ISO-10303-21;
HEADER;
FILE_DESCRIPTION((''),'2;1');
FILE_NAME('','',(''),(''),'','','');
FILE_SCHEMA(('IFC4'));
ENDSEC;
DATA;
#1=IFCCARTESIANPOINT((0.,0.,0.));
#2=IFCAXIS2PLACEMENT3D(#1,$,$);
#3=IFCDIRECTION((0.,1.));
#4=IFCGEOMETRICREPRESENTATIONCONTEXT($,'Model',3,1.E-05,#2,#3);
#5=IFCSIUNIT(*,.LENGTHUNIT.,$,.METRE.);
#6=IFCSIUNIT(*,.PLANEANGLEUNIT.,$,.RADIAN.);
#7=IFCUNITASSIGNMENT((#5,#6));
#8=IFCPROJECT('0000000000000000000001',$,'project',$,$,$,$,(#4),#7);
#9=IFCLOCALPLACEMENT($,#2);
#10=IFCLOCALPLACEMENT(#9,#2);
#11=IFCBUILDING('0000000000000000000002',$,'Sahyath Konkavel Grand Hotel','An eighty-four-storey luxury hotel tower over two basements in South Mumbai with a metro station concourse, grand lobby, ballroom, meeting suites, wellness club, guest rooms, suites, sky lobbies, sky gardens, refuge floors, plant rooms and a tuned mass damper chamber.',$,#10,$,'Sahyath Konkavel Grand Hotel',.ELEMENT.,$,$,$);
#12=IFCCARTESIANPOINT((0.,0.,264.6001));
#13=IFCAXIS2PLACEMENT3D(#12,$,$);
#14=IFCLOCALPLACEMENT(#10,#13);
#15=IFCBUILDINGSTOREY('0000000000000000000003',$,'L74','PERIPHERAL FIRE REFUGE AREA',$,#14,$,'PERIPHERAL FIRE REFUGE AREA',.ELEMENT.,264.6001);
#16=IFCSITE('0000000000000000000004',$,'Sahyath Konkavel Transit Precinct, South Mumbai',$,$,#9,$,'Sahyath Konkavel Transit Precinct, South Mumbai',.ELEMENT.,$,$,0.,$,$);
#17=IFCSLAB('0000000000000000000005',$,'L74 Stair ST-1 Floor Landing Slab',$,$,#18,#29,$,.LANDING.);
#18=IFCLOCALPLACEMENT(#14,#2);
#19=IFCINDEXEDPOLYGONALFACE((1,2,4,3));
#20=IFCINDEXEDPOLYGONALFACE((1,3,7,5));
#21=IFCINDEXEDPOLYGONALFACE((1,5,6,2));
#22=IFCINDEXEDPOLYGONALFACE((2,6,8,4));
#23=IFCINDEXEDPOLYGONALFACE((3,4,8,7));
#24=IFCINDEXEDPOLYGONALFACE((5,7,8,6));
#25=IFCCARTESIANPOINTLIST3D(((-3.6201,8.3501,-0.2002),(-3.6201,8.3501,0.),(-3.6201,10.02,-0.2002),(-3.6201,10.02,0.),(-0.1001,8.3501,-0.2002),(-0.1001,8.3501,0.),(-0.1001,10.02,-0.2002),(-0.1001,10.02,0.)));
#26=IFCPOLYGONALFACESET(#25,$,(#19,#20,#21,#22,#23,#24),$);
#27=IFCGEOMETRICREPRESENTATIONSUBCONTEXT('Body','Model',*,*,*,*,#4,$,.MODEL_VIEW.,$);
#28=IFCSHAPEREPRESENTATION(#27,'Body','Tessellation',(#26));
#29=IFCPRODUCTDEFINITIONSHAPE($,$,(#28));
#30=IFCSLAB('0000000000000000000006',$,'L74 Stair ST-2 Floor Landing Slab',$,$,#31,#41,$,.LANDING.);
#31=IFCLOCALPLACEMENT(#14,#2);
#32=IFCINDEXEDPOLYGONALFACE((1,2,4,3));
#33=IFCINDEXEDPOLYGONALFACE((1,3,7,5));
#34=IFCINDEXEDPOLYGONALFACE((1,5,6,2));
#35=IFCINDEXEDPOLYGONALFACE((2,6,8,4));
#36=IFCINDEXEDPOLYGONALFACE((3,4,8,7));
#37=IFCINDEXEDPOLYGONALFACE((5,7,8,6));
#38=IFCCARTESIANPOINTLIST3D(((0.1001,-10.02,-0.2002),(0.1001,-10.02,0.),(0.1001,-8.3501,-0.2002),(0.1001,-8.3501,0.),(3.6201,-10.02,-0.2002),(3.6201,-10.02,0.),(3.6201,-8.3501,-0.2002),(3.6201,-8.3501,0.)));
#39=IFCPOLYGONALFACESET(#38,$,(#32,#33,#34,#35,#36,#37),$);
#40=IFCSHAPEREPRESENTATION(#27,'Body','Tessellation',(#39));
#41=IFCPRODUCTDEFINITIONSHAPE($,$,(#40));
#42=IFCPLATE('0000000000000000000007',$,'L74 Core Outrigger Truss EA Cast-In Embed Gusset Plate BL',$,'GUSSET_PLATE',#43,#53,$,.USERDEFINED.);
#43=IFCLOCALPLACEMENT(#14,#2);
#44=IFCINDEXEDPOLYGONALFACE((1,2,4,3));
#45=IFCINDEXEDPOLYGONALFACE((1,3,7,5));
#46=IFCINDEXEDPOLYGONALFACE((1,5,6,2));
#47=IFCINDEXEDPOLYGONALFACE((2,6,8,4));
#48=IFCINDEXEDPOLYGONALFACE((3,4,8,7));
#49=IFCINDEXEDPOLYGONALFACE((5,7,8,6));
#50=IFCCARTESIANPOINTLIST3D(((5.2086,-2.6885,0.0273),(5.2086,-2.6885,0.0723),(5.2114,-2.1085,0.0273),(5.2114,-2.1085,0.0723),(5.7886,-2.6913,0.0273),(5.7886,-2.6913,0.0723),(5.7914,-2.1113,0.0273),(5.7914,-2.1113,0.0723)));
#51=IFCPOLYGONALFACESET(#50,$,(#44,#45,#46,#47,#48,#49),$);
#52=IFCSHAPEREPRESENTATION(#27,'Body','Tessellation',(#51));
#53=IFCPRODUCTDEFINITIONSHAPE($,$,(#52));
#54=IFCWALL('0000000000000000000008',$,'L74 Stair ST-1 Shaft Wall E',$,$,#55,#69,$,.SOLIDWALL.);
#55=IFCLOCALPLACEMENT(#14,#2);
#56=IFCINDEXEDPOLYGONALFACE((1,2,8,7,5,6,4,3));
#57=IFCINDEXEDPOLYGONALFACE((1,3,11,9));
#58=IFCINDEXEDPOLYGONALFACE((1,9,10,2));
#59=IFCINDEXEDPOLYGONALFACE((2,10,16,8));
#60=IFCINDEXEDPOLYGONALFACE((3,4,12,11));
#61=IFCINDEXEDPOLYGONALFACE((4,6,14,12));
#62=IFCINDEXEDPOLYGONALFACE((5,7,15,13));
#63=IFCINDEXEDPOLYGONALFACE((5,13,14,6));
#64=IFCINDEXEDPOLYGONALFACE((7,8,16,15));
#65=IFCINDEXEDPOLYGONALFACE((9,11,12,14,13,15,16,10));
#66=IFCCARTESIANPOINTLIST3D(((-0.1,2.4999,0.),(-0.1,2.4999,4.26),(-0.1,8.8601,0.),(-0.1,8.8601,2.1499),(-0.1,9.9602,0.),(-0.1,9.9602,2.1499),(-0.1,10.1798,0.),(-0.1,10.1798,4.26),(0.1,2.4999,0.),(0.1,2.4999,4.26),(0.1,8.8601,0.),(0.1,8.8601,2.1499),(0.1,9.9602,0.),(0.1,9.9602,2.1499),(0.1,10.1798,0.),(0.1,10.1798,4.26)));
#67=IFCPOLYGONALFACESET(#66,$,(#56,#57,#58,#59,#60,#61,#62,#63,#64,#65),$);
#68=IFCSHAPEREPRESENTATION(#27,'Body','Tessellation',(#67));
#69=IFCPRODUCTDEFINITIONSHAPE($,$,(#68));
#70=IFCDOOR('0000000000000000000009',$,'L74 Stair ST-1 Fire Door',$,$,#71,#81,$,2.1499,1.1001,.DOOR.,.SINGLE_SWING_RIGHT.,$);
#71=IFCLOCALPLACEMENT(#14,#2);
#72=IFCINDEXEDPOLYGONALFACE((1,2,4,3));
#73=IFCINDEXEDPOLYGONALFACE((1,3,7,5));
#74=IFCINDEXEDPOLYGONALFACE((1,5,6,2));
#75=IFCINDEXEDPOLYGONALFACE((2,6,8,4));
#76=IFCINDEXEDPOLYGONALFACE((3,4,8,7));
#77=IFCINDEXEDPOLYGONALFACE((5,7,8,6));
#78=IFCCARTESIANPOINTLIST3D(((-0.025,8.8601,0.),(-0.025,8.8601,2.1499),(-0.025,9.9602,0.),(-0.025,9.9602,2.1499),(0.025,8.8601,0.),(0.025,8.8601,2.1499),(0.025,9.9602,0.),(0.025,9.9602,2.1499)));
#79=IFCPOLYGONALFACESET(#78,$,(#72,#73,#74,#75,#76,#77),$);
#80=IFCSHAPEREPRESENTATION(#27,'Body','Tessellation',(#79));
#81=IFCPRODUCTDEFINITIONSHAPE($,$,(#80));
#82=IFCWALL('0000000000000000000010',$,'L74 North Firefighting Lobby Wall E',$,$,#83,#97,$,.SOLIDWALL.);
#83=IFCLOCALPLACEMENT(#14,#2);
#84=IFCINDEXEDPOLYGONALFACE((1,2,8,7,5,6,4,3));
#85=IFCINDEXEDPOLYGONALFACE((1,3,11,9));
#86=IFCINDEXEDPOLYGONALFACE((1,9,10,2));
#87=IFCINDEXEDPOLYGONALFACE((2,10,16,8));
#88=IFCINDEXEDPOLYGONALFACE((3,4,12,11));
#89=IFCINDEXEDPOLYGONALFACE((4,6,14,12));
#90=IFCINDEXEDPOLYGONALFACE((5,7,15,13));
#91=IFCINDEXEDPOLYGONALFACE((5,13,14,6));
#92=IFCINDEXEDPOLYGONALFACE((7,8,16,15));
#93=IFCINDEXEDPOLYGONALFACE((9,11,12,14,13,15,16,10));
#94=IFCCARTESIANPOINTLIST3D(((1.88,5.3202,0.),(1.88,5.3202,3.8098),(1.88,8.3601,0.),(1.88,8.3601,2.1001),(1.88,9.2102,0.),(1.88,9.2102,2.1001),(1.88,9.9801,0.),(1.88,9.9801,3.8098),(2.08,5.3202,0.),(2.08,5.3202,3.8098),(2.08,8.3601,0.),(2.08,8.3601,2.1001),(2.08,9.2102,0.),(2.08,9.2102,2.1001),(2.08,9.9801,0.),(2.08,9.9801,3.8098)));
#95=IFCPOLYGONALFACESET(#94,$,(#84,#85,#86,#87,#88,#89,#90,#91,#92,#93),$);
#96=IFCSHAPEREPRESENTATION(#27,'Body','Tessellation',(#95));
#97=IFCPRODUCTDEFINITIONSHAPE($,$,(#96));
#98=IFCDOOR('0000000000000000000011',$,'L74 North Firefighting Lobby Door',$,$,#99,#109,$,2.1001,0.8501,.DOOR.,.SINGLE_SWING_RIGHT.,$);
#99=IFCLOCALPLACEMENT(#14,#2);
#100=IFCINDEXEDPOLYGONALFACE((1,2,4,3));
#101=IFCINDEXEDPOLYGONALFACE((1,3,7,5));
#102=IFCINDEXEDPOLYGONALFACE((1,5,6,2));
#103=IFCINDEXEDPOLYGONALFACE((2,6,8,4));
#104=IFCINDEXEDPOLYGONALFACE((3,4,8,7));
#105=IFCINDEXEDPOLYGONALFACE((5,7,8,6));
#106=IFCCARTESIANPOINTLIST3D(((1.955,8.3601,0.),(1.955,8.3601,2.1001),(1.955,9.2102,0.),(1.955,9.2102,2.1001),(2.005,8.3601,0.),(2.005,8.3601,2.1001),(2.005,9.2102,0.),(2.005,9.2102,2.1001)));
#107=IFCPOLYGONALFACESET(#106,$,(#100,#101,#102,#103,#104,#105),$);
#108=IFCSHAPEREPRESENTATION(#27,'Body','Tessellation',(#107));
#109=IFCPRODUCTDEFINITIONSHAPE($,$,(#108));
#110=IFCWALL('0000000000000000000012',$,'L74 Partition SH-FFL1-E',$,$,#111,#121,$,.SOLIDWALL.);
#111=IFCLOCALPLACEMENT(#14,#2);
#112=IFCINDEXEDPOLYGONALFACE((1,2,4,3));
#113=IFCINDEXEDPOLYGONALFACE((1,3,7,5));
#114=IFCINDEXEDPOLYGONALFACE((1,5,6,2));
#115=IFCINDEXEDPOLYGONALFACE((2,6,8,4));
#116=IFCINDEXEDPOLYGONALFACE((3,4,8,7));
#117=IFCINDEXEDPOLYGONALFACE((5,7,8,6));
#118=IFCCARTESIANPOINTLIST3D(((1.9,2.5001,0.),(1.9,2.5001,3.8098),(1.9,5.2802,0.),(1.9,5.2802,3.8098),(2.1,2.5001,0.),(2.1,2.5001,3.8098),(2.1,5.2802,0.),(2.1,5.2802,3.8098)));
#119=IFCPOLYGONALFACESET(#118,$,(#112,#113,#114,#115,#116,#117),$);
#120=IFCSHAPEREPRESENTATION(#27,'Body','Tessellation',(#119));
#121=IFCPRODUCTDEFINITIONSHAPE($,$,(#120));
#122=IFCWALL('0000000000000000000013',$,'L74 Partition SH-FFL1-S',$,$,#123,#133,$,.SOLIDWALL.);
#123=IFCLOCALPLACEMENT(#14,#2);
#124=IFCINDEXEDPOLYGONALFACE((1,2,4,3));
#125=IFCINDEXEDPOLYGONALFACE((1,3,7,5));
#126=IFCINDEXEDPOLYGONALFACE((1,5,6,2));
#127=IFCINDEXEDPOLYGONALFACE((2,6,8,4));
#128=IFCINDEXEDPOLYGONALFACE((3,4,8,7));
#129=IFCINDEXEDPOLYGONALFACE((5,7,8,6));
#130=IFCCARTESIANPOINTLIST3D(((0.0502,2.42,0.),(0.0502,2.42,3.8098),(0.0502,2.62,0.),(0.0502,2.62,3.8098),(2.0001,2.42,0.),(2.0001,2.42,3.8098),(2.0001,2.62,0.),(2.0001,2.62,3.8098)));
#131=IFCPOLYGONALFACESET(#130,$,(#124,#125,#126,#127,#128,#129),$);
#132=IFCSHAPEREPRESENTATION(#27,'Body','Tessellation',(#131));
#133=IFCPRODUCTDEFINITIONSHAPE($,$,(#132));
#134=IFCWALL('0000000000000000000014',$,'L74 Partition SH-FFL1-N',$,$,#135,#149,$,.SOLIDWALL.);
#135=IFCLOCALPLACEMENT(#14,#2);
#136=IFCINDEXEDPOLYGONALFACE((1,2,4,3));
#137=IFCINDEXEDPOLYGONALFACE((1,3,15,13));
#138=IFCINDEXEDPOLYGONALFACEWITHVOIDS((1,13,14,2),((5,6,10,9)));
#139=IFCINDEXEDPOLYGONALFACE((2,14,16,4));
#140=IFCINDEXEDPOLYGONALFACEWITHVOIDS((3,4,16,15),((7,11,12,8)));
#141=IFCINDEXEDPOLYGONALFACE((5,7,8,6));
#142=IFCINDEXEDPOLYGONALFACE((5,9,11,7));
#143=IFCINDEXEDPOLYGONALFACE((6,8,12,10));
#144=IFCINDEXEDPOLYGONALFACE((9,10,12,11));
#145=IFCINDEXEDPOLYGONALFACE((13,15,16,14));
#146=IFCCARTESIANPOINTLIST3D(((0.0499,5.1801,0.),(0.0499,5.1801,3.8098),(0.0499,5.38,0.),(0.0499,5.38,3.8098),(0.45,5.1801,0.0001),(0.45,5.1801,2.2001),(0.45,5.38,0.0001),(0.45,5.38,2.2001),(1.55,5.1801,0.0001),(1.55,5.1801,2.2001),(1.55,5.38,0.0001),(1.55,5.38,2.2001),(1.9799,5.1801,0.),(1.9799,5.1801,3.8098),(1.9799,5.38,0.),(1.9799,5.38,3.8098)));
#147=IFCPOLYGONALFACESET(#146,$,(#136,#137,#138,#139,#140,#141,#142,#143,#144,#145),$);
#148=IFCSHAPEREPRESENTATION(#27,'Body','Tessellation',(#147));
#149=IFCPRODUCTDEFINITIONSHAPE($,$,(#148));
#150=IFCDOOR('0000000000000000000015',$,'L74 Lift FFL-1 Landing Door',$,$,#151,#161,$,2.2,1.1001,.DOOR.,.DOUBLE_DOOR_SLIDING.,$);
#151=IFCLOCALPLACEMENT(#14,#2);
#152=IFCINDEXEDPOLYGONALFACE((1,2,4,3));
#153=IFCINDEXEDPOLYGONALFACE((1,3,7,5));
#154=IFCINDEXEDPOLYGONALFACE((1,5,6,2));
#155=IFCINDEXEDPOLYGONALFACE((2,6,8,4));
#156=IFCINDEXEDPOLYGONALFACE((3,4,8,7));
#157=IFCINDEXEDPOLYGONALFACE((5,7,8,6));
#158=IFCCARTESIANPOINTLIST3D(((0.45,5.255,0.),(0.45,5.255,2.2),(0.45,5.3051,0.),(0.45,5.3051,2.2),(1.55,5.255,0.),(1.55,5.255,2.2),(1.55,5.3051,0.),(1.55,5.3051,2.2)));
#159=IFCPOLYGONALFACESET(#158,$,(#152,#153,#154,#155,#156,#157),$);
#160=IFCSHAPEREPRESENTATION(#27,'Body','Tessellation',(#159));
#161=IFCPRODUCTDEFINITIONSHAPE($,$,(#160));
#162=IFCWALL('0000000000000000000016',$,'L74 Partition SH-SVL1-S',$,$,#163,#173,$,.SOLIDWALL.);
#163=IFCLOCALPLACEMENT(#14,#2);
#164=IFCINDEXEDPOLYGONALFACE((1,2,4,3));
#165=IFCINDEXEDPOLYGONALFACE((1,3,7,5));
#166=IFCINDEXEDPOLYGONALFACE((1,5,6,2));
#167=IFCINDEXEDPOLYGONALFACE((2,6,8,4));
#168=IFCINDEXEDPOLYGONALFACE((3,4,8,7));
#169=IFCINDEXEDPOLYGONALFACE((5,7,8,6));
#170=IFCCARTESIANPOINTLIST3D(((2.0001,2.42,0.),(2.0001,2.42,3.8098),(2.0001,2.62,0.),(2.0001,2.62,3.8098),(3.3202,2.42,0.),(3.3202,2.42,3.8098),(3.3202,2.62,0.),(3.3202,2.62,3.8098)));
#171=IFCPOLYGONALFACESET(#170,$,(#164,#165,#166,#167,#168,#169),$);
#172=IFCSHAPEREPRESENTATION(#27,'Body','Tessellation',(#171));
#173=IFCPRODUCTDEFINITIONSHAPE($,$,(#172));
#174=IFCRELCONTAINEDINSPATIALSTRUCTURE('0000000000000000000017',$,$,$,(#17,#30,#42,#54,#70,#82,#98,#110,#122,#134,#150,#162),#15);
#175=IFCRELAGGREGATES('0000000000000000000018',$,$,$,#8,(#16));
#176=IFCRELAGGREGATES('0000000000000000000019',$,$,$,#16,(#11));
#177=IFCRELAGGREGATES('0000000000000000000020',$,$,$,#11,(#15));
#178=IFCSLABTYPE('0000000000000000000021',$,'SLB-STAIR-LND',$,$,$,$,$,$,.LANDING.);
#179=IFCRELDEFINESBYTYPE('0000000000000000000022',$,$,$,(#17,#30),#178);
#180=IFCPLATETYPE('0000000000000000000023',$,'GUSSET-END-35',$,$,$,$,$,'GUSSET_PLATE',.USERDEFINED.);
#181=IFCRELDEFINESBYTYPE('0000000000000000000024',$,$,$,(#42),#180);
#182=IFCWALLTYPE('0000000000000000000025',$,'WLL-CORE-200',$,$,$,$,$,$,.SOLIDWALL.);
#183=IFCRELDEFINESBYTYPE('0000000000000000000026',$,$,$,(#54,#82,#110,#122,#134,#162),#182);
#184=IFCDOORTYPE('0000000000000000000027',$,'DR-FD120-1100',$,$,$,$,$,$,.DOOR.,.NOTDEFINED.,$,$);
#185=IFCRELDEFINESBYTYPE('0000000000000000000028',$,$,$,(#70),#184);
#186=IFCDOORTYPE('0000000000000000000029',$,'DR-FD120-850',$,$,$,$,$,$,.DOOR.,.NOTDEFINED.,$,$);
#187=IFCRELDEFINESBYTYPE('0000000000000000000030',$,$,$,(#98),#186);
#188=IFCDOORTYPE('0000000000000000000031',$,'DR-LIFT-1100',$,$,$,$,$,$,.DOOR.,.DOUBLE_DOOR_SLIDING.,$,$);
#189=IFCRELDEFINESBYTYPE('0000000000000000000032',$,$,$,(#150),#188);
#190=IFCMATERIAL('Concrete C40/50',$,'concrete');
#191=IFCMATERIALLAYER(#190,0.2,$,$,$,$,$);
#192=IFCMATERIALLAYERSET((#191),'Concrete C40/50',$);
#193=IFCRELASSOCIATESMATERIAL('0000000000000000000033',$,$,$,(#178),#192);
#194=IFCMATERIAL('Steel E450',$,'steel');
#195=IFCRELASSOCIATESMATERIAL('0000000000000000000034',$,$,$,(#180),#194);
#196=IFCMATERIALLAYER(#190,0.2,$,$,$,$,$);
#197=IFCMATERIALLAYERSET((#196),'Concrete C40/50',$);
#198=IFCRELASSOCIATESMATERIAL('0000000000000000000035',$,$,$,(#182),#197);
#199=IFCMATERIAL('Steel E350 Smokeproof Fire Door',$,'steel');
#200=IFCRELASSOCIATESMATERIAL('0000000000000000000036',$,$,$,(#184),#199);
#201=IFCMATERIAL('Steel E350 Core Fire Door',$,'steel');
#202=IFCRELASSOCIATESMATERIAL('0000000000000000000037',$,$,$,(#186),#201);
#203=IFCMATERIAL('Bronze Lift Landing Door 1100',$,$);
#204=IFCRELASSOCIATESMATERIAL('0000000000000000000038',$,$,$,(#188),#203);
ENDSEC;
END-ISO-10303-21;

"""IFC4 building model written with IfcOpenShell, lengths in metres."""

from ifc_helpers import new_model, si_unit, direction, frame, frame_2d, origin, origin_2d, place, context, subcontext, project, spatial, polyline, rectangle, outline, extrude, source, transform, mapped, material, layer, layer_set, type_object, element, fill, save


model = new_model("IFC4")

# Units and contexts
model_context = context("Model", 3, precision=1e-05, world=origin(), true_north=direction((0.0, 1.0)))
body_context = subcontext(model_context, "Body", "Model", "MODEL_VIEW")
ifc_project = project(units=[si_unit("LENGTHUNIT", "METRE"), si_unit("PLANEANGLEUNIT", "RADIAN")], contexts=[model_context])

# Site, building, storey
site_placement = place(None, origin())
site = spatial("IfcSite", under=ifc_project, at=site_placement, Name="Sahyath Konkavel Transit Precinct, South Mumbai", LongName="Sahyath Konkavel Transit Precinct, South Mumbai", CompositionType="ELEMENT", RefElevation=0.0)
building_placement = place(site_placement, origin())
building = spatial("IfcBuilding", under=site, at=building_placement, Name="Sahyath Konkavel Grand Hotel", Description="An eighty-four-storey luxury hotel tower over two basements in South Mumbai with a metro station concourse, grand lobby, ballroom, meeting suites, wellness club, guest rooms, suites, sky lobbies, sky gardens, refuge floors, plant rooms and a tuned mass damper chamber.", LongName="Sahyath Konkavel Grand Hotel", CompositionType="ELEMENT")
storey_placement = place(building_placement, frame((0.0, 0.0, 264.6001)))
storey = spatial("IfcBuildingStorey", under=building, at=storey_placement, Name="L74", Description="PERIPHERAL FIRE REFUGE AREA", LongName="PERIPHERAL FIRE REFUGE AREA", CompositionType="ELEMENT", Elevation=264.6001)

# Shared definitions
ifc_material_1 = material(Name="Concrete C40/50", Category="concrete")
ifc_layer_1 = layer(ifc_material_1, 0.2)
ifc_layer_set_1 = layer_set([ifc_layer_1], Name="Concrete C40/50")
slab_type = type_object("IfcSlabType", Name="SLB-STAIR-LND", PredefinedType="LANDING", material=ifc_layer_set_1)

# Slabs
slab_1_placement = place(storey_placement, frame((0.0, 0.0, -0.2002)))
element("IfcSlab", 1, at=slab_1_placement, inside=storey, type_object=slab_type, Name="L74 Stair ST-1 Floor Landing Slab", PredefinedType="LANDING", context=body_context, shape_type="SweptSolid", body=[
    extrude(outline(polyline([(-3.6201, 8.3501), (-0.1001, 8.3501), (-0.1001, 10.02), (-3.6201, 10.02), (-3.6201, 8.3501)])), origin(), (0.0, 0.0, 1.0), 0.2002),
])
slab_2_placement = place(storey_placement, frame((0.0, 0.0, -0.2002)))
element("IfcSlab", 2, at=slab_2_placement, inside=storey, type_object=slab_type, Name="L74 Stair ST-2 Floor Landing Slab", PredefinedType="LANDING", context=body_context, shape_type="SweptSolid", body=[
    extrude(outline(polyline([(0.1001, -10.02), (3.6201, -10.02), (3.6201, -8.3501), (0.1001, -8.3501), (0.1001, -10.02)])), origin(), (0.0, 0.0, 1.0), 0.2002),
])

# Plate
ifc_material_2 = material(Name="Steel E450", Category="steel")
plate_type = type_object("IfcPlateType", Name="GUSSET-END-35", ElementType="GUSSET_PLATE", PredefinedType="USERDEFINED", material=ifc_material_2)
shared_shape_1 = source(origin(), body_context, "Body", "SweptSolid", [
    extrude(rectangle(XDim=0.5801, YDim=0.5801, at=origin_2d()), origin(), (0.0, 0.0, 1.0), 0.0449),
])
plate_placement = place(storey_placement, frame((5.5, -2.3999, 0.0273), z_axis=(0.0, 0.0, 1.0), x_axis=(0.999988, -0.004835, 0.0)))
element("IfcPlate", 3, at=plate_placement, inside=storey, type_object=plate_type, Name="L74 Core Outrigger Truss EA Cast-In Embed Gusset Plate BL", ObjectType="GUSSET_PLATE", PredefinedType="USERDEFINED", context=body_context, shape_type="MappedRepresentation", body=[
    mapped(shared_shape_1, transform((0.0, 0.0, 0.0), scale=1.0)),
])

# Walls, openings, doors
ifc_layer_2 = layer(ifc_material_1, 0.2)
ifc_layer_set_2 = layer_set([ifc_layer_2], Name="Concrete C40/50")
wall_type = type_object("IfcWallType", Name="WLL-CORE-200", PredefinedType="SOLIDWALL", material=ifc_layer_set_2)
wall_1_placement = place(storey_placement, frame((0.0, 2.5, 0.0), z_axis=(0.0, 0.0, 1.0), x_axis=(0.0, 1.0, 0.0)))
wall_1 = element("IfcWall", 4, at=wall_1_placement, inside=storey, type_object=wall_type, Name="L74 Stair ST-1 Shaft Wall E", PredefinedType="SOLIDWALL", context=body_context, shape_type="SweptSolid", body=[
    extrude(rectangle(XDim=7.6799, YDim=0.2, at=frame_2d((3.8398, 0.0))), origin(), (0.0, 0.0, 1.0), 4.26),
])
opening_1_placement = place(wall_1_placement, frame((6.3601, 0.0, 0.0)))
opening_1 = element("IfcOpeningElement", 5, at=opening_1_placement, cuts=wall_1, PredefinedType="OPENING", context=body_context, shape_type="SweptSolid", body=[
    extrude(rectangle(XDim=1.1001, YDim=2.1499, at=frame_2d((0.55, 1.075))), frame((0.0, 0.1099, 0.0), z_axis=(0.0, -1.0, 0.0), x_axis=(1.0, 0.0, 0.0)), (0.0, 0.0, 1.0), 0.22),
])
ifc_material_3 = material(Name="Steel E350 Smokeproof Fire Door", Category="steel")
door_type_1 = type_object("IfcDoorType", Name="DR-FD120-1100", OperationType="NOTDEFINED", PredefinedType="DOOR", material=ifc_material_3)
shared_shape_2 = source(origin(), body_context, "Body", "SweptSolid", [
    extrude(rectangle(XDim=1.1001, YDim=0.05, at=origin_2d()), origin(), (0.0, 0.0, 1.0), 2.1499),
])
door_1_placement = place(opening_1_placement, frame((0.55, 0.0, 0.0)))
door_1 = element("IfcDoor", 6, at=door_1_placement, inside=storey, type_object=door_type_1, Name="L74 Stair ST-1 Fire Door", OperationType="SINGLE_SWING_RIGHT", OverallHeight=2.1499, OverallWidth=1.1001, PredefinedType="DOOR", context=body_context, shape_type="MappedRepresentation", body=[
    mapped(shared_shape_2, transform((0.0, 0.0, 0.0), scale=1.0)),
])
fill(opening_1, door_1)
wall_2_placement = place(storey_placement, frame((1.98, 5.3201, 0.0), z_axis=(0.0, 0.0, 1.0), x_axis=(0.0, 1.0, 0.0)))
wall_2 = element("IfcWall", 7, at=wall_2_placement, inside=storey, type_object=wall_type, Name="L74 North Firefighting Lobby Wall E", PredefinedType="SOLIDWALL", context=body_context, shape_type="SweptSolid", body=[
    extrude(rectangle(XDim=4.6599, YDim=0.2, at=frame_2d((2.3301, 0.0))), origin(), (0.0, 0.0, 1.0), 3.8098),
])
opening_2_placement = place(wall_2_placement, frame((3.04, 0.0, 0.0)))
opening_2 = element("IfcOpeningElement", 8, at=opening_2_placement, cuts=wall_2, PredefinedType="OPENING", context=body_context, shape_type="SweptSolid", body=[
    extrude(rectangle(XDim=0.8501, YDim=2.1001, at=frame_2d((0.425, 1.05))), frame((0.0, 0.1099, 0.0), z_axis=(0.0, -1.0, 0.0), x_axis=(1.0, 0.0, 0.0)), (0.0, 0.0, 1.0), 0.22),
])
ifc_material_4 = material(Name="Steel E350 Core Fire Door", Category="steel")
door_type_2 = type_object("IfcDoorType", Name="DR-FD120-850", OperationType="NOTDEFINED", PredefinedType="DOOR", material=ifc_material_4)
shared_shape_3 = source(origin(), body_context, "Body", "SweptSolid", [
    extrude(rectangle(XDim=0.8501, YDim=0.05, at=origin_2d()), origin(), (0.0, 0.0, 1.0), 2.1001),
])
door_2_placement = place(opening_2_placement, frame((0.425, 0.0, 0.0)))
door_2 = element("IfcDoor", 9, at=door_2_placement, inside=storey, type_object=door_type_2, Name="L74 North Firefighting Lobby Door", OperationType="SINGLE_SWING_RIGHT", OverallHeight=2.1001, OverallWidth=0.8501, PredefinedType="DOOR", context=body_context, shape_type="MappedRepresentation", body=[
    mapped(shared_shape_3, transform((0.0, 0.0, 0.0), scale=1.0)),
])
fill(opening_2, door_2)

# Walls
wall_3_placement = place(storey_placement, frame((2.0, 2.5, 0.0), z_axis=(0.0, 0.0, 1.0), x_axis=(0.0, 1.0, 0.0)))
element("IfcWall", 10, at=wall_3_placement, inside=storey, type_object=wall_type, Name="L74 Partition SH-FFL1-E", PredefinedType="SOLIDWALL", context=body_context, shape_type="SweptSolid", body=[
    extrude(rectangle(XDim=2.78, YDim=0.2, at=frame_2d((1.3901, 0.0))), origin(), (0.0, 0.0, 1.0), 3.8098),
])
wall_4_placement = place(storey_placement, frame((0.05, 2.52, 0.0), z_axis=(0.0, 0.0, 1.0), x_axis=(1.0, 0.0, 0.0)))
element("IfcWall", 11, at=wall_4_placement, inside=storey, type_object=wall_type, Name="L74 Partition SH-FFL1-S", PredefinedType="SOLIDWALL", context=body_context, shape_type="SweptSolid", body=[
    extrude(rectangle(XDim=1.95, YDim=0.2, at=frame_2d((0.9751, 0.0))), origin(), (0.0, 0.0, 1.0), 3.8098),
])

# Wall, opening, door
wall_5_placement = place(storey_placement, frame((0.05, 5.28, 0.0), z_axis=(0.0, 0.0, 1.0), x_axis=(1.0, 0.0, 0.0)))
wall_5 = element("IfcWall", 12, at=wall_5_placement, inside=storey, type_object=wall_type, Name="L74 Partition SH-FFL1-N", PredefinedType="SOLIDWALL", context=body_context, shape_type="SweptSolid", body=[
    extrude(rectangle(XDim=1.9299, YDim=0.2, at=frame_2d((0.9648, 0.0))), origin(), (0.0, 0.0, 1.0), 3.8098),
])
opening_3_placement = place(wall_5_placement, frame((0.3999, 0.0, 0.0)))
opening_3 = element("IfcOpeningElement", 13, at=opening_3_placement, cuts=wall_5, PredefinedType="OPENING", context=body_context, shape_type="SweptSolid", body=[
    extrude(rectangle(XDim=1.1001, YDim=2.2, at=frame_2d((0.55, 1.1001))), frame((0.0, 0.1099, 0.0), z_axis=(0.0, -1.0, 0.0), x_axis=(1.0, 0.0, 0.0)), (0.0, 0.0, 1.0), 0.22),
])
ifc_material_5 = material(Name="Bronze Lift Landing Door 1100")
door_type_3 = type_object("IfcDoorType", Name="DR-LIFT-1100", OperationType="DOUBLE_DOOR_SLIDING", PredefinedType="DOOR", material=ifc_material_5)
shared_shape_4 = source(origin(), body_context, "Body", "SweptSolid", [
    extrude(rectangle(XDim=1.1001, YDim=0.05, at=origin_2d()), origin(), (0.0, 0.0, 1.0), 2.2),
])
door_3_placement = place(opening_3_placement, frame((0.55, 0.0, 0.0)))
door_3 = element("IfcDoor", 14, at=door_3_placement, inside=storey, type_object=door_type_3, Name="L74 Lift FFL-1 Landing Door", OperationType="DOUBLE_DOOR_SLIDING", OverallHeight=2.2, OverallWidth=1.1001, PredefinedType="DOOR", context=body_context, shape_type="MappedRepresentation", body=[
    mapped(shared_shape_4, transform((0.0, 0.0, 0.0), scale=1.0)),
])
fill(opening_3, door_3)

# Wall
wall_6_placement = place(storey_placement, frame((2.0, 2.52, 0.0), z_axis=(0.0, 0.0, 1.0), x_axis=(1.0, 0.0, 0.0)))
element("IfcWall", 15, at=wall_6_placement, inside=storey, type_object=wall_type, Name="L74 Partition SH-SVL1-S", PredefinedType="SOLIDWALL", context=body_context, shape_type="SweptSolid", body=[
    extrude(rectangle(XDim=1.3201, YDim=0.2, at=frame_2d((0.6602, 0.0))), origin(), (0.0, 0.0, 1.0), 3.8098),
])

save(model, "model.ifc")
